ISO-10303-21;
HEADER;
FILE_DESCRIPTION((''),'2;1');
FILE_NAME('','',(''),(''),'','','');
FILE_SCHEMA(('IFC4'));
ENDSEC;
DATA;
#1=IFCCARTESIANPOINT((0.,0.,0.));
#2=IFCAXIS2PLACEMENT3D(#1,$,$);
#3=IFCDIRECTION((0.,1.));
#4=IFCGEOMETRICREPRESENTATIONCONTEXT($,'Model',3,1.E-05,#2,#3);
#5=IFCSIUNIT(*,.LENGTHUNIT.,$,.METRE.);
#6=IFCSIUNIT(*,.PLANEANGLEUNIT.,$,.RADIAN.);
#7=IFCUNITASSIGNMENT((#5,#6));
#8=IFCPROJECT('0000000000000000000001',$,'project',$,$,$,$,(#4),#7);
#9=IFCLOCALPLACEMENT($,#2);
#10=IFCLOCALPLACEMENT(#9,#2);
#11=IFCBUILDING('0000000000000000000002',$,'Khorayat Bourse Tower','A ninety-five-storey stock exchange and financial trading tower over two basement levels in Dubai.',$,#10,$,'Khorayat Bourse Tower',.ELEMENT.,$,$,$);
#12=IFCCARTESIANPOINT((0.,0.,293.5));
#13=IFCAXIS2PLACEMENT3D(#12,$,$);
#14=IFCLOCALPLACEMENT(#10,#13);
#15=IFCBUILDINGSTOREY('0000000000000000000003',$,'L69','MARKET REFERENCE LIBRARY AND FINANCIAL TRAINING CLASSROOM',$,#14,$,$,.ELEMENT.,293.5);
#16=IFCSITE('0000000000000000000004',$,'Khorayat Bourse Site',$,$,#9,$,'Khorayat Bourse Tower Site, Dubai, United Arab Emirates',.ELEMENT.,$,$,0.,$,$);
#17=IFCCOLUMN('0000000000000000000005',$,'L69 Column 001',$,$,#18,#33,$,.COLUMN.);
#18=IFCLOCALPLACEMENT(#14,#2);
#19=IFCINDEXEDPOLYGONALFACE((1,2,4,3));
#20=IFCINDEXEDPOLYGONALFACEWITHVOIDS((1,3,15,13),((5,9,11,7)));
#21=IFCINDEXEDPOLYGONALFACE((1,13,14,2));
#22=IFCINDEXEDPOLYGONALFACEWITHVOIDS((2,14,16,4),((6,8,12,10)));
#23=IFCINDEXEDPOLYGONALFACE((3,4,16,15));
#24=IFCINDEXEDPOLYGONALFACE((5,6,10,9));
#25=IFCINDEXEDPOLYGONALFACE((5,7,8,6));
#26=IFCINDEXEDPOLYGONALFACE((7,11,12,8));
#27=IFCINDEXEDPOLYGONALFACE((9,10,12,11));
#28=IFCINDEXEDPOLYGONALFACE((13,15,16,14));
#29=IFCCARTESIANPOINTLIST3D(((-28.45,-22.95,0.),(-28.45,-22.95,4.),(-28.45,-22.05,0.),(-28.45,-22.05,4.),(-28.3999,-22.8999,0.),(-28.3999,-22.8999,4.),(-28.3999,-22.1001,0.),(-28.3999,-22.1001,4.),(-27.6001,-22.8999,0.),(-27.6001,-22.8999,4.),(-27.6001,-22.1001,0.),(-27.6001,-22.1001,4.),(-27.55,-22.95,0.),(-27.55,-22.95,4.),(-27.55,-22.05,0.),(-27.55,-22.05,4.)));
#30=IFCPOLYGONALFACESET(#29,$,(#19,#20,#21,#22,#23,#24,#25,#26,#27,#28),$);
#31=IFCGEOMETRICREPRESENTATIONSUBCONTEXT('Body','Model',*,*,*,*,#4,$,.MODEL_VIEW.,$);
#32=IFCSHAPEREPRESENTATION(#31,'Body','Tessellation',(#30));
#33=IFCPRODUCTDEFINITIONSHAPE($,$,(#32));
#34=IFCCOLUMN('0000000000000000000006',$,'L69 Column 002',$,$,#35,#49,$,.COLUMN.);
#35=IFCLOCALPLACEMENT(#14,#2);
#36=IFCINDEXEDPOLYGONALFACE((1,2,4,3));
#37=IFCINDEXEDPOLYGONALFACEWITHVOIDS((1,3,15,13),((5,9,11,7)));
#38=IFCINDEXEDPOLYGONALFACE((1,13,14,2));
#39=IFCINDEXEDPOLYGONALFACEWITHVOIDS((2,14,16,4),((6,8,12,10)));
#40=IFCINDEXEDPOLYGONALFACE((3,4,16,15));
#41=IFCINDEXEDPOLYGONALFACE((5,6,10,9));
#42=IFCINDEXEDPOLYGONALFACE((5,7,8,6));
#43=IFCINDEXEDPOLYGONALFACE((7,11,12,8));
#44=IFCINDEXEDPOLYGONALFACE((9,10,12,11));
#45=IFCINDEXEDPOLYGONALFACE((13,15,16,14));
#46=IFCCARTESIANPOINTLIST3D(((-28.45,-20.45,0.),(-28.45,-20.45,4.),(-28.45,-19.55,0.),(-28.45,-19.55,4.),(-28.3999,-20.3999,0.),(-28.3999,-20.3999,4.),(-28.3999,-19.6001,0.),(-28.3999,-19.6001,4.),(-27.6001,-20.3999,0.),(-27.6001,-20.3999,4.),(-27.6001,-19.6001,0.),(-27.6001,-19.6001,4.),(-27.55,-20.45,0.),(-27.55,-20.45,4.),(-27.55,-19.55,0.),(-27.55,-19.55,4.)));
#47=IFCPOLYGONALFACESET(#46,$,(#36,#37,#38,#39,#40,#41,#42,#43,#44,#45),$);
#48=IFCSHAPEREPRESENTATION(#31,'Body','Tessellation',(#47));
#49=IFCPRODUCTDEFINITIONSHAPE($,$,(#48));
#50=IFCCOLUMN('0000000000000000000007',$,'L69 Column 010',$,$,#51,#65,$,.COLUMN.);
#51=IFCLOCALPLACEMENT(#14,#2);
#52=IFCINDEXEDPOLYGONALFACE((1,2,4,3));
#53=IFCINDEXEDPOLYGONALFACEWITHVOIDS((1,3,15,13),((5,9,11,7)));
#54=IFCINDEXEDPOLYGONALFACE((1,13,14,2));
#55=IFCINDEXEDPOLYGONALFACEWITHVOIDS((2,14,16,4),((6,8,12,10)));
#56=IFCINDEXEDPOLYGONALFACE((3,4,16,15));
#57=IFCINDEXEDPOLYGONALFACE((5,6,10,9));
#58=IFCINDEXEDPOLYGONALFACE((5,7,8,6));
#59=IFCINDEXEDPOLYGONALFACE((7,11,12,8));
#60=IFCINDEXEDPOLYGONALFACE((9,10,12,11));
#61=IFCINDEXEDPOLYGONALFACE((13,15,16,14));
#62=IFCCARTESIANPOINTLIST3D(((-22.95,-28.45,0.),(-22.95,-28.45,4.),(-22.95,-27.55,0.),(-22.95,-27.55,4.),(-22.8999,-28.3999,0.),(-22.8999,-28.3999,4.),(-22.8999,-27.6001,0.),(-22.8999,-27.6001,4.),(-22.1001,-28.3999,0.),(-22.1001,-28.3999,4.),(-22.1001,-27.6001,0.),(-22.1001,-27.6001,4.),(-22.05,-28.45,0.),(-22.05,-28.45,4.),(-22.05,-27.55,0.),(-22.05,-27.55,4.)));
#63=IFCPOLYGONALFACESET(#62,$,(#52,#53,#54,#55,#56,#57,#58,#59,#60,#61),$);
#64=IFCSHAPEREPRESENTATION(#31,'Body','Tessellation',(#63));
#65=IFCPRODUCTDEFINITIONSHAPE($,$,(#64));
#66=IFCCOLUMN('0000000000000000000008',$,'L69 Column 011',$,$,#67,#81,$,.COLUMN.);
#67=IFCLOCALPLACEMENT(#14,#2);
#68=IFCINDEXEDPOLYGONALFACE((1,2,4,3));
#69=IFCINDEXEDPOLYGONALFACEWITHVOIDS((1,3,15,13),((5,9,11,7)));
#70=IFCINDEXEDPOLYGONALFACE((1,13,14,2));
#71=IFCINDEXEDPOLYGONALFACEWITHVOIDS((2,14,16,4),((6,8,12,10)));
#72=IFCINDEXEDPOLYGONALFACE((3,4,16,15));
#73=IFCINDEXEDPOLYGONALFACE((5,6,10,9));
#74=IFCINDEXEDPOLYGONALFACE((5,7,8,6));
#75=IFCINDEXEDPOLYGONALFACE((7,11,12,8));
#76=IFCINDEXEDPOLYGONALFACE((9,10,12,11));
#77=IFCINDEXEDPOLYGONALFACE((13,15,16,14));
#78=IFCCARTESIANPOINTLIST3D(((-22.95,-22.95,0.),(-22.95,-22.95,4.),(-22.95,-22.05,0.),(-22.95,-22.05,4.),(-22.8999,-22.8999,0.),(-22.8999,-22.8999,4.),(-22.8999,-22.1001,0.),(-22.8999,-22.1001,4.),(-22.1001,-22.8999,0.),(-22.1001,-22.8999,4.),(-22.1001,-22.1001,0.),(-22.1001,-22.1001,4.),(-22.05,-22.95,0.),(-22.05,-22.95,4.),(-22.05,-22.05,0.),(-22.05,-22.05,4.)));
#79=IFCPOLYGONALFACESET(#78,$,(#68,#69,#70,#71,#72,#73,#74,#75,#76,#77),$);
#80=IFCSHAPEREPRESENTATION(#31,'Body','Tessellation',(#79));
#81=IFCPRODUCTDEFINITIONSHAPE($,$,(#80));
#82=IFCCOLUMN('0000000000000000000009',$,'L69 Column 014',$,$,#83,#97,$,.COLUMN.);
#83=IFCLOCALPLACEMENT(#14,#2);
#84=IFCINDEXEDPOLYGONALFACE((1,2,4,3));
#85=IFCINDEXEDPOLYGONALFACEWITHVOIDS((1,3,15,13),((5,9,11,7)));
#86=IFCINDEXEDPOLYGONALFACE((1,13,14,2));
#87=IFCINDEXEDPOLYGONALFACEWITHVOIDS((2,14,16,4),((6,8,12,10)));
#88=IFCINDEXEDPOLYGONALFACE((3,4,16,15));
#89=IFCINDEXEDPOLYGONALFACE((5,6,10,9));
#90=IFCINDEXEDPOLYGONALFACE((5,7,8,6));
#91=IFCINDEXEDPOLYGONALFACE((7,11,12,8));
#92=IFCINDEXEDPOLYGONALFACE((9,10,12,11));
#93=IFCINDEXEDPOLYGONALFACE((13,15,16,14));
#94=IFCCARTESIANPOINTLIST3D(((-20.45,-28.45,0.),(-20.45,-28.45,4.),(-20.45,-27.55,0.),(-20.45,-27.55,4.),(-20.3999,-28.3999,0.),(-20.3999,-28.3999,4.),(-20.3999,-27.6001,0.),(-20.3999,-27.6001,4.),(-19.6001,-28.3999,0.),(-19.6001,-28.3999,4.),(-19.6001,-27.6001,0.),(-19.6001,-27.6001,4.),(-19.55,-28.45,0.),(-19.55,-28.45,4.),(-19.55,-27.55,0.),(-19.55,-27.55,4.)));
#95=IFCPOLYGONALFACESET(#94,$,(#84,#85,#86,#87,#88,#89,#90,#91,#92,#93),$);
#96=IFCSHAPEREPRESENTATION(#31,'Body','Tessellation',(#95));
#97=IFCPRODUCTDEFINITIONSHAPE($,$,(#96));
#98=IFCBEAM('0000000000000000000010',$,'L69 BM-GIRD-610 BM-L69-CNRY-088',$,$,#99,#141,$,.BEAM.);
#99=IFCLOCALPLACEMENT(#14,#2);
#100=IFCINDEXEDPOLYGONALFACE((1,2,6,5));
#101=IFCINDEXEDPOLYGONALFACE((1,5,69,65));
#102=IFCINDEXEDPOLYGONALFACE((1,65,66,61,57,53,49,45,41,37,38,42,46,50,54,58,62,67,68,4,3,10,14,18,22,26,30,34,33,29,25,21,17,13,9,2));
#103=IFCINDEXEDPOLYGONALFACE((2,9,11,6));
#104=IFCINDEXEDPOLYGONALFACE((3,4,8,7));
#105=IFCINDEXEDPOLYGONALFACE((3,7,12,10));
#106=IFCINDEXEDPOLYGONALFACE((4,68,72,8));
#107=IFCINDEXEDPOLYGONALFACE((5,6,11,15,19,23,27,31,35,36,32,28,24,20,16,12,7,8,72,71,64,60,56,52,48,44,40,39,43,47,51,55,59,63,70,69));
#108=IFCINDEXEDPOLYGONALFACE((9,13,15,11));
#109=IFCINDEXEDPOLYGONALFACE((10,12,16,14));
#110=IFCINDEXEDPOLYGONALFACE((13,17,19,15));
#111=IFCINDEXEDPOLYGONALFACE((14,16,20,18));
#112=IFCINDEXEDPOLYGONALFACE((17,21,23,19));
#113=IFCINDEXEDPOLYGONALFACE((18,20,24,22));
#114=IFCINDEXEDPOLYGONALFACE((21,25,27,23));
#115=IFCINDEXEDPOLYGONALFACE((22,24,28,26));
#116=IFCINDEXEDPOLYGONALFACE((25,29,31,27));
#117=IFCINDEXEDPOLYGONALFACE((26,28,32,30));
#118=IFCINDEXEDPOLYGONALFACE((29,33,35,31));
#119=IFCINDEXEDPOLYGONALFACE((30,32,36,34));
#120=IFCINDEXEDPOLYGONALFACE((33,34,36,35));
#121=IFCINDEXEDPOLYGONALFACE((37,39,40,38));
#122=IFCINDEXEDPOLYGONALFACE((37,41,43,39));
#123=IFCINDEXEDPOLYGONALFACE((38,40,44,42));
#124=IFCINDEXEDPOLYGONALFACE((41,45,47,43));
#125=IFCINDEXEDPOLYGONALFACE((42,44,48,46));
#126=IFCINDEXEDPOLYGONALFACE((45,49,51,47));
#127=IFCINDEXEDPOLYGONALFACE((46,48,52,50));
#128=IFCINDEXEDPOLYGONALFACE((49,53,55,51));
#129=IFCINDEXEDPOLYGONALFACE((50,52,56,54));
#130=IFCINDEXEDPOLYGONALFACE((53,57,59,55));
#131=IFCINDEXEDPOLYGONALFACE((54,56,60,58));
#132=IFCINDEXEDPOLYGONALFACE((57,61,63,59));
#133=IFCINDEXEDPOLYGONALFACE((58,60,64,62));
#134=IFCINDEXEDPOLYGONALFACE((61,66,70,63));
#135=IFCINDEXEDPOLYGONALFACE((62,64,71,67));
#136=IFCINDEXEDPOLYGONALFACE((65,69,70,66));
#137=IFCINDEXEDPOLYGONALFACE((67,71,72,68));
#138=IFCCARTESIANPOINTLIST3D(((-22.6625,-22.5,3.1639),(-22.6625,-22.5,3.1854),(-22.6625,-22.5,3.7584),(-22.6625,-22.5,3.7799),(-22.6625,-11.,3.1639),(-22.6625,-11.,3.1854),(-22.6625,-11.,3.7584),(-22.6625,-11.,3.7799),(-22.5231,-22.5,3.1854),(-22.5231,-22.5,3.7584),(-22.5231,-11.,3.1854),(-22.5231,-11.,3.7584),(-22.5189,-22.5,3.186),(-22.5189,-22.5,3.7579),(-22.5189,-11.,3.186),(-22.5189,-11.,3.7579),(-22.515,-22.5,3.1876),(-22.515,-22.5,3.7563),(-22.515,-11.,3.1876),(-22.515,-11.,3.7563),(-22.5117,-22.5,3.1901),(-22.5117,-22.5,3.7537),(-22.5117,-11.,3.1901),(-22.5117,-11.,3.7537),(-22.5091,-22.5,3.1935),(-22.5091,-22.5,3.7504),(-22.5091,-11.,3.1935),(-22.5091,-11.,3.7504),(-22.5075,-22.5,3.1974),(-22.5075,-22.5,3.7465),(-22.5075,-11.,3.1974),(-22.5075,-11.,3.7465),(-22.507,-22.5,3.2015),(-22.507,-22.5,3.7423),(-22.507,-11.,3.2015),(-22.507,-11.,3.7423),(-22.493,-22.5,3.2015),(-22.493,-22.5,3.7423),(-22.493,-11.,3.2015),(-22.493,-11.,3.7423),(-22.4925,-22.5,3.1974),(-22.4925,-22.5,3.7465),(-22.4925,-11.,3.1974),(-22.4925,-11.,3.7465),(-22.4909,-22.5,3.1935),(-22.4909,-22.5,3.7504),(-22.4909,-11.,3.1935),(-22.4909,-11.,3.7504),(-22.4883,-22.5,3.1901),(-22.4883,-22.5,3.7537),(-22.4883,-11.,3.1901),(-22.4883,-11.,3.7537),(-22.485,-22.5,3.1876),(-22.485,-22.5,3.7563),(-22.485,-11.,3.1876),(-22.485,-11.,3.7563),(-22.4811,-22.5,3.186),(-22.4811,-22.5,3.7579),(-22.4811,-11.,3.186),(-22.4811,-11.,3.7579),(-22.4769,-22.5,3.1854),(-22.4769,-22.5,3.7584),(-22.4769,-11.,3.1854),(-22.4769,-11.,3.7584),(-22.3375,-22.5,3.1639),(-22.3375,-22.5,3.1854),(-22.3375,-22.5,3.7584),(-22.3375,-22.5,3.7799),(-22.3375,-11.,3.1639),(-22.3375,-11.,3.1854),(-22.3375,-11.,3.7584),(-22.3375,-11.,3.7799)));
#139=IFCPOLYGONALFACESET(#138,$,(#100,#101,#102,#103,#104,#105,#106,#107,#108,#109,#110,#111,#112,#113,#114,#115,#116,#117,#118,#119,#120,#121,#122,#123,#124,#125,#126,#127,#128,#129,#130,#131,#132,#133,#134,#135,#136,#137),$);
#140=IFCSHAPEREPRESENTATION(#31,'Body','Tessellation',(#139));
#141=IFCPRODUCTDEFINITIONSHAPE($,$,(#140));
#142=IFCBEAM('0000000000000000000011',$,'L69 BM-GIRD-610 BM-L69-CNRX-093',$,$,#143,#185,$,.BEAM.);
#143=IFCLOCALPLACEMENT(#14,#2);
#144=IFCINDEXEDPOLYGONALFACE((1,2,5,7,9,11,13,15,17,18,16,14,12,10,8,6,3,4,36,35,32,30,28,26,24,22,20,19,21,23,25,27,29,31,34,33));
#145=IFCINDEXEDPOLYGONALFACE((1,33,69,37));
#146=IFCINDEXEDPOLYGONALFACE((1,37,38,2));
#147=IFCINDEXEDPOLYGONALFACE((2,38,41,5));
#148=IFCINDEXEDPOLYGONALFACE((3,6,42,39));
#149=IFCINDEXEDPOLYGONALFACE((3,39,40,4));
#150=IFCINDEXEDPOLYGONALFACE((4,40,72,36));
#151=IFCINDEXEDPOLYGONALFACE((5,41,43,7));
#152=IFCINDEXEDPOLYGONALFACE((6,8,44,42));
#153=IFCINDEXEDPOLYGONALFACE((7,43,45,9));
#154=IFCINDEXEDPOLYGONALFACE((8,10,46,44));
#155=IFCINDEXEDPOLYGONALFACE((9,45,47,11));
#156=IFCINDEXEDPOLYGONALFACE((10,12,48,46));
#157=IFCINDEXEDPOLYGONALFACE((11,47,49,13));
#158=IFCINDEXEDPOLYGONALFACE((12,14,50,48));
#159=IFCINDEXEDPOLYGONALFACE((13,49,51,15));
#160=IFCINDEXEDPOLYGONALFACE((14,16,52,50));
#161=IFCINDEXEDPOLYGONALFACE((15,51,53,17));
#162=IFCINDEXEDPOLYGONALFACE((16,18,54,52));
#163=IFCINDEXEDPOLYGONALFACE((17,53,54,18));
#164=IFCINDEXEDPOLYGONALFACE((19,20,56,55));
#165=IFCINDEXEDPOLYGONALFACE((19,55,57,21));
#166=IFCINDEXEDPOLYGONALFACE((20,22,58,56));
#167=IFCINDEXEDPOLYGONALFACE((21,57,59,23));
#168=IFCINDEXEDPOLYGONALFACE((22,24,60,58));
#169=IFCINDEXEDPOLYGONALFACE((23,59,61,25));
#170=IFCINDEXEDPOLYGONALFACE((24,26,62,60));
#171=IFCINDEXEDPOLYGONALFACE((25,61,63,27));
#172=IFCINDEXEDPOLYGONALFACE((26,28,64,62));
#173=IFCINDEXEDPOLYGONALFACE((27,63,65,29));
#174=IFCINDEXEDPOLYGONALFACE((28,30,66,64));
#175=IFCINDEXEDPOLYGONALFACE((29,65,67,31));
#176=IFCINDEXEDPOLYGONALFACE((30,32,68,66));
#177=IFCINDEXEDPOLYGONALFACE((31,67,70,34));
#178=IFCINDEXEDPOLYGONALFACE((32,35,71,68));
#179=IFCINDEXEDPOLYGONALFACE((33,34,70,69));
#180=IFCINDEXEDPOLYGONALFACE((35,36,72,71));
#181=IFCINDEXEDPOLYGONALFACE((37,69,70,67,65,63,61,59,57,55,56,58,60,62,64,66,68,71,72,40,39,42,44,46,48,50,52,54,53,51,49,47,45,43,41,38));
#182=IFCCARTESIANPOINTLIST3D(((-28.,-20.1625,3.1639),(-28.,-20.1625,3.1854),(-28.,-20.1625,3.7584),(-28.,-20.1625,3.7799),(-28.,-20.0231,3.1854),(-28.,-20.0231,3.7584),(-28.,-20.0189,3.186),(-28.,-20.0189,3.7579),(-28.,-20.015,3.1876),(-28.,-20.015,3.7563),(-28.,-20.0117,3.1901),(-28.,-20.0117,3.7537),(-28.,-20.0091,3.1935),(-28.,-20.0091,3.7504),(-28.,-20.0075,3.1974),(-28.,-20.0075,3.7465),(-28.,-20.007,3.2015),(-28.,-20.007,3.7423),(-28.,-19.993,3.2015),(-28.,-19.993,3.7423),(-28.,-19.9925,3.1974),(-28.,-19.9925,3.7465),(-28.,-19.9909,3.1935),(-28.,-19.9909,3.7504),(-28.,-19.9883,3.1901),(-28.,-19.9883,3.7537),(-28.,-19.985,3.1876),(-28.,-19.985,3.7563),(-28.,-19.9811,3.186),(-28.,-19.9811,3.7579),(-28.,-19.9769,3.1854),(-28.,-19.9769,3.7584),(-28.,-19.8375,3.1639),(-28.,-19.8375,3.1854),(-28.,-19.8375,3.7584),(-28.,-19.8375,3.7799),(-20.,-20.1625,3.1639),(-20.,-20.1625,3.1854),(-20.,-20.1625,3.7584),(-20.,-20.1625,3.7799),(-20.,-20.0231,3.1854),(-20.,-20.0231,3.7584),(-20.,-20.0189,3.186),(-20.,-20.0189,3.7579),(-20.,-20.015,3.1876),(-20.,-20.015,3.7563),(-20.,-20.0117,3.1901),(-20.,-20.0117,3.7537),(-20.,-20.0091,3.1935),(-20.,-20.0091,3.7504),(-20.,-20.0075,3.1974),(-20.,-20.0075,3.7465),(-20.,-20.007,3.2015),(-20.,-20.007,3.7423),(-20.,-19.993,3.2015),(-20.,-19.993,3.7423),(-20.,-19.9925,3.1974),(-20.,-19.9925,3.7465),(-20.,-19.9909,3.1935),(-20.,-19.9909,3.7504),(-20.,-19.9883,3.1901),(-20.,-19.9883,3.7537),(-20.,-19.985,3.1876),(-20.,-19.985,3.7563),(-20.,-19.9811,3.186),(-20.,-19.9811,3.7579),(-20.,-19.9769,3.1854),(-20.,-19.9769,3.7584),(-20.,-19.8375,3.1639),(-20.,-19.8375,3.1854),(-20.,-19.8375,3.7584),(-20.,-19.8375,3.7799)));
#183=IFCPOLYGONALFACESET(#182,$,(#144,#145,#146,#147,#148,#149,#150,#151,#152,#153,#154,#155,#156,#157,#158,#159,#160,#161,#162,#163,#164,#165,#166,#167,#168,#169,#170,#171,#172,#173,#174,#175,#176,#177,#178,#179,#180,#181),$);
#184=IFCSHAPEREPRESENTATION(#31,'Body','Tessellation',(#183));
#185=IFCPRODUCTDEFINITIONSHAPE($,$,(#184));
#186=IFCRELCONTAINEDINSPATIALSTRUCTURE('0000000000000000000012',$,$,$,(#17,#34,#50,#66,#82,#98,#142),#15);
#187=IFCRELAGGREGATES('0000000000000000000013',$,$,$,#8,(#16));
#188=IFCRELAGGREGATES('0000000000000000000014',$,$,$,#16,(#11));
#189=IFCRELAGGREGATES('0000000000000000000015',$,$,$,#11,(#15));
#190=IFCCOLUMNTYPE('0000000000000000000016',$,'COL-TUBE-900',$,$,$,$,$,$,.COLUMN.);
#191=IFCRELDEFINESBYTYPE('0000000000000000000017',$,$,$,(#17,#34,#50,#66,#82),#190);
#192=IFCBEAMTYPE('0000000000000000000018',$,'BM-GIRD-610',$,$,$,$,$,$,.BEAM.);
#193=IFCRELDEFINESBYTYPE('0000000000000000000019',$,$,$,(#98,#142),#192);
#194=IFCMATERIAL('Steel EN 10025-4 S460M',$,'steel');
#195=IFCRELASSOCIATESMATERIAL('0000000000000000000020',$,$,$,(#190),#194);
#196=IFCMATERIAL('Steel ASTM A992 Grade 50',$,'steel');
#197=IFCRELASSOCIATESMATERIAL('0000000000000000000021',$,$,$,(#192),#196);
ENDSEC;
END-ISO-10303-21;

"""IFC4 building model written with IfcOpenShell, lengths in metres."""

from ifc_helpers import new_model, si_unit, direction, frame, origin, origin_2d, place, context, subcontext, project, spatial, hollow_rectangle, i_section, extrude, source, transform, mapped, material, material_profile, profile_set, type_object, element, save


model = new_model("IFC4")

# Units and contexts
model_context = context("Model", 3, precision=1e-05, world=origin(), true_north=direction((0.0, 1.0)))
body_context = subcontext(model_context, "Body", "Model", "MODEL_VIEW")
ifc_project = project(units=[si_unit("LENGTHUNIT", "METRE"), si_unit("PLANEANGLEUNIT", "RADIAN")], contexts=[model_context])

# Site, building, storey
site_placement = place(None, origin())
site = spatial("IfcSite", under=ifc_project, at=site_placement, Name="Khorayat Bourse Site", LongName="Khorayat Bourse Tower Site, Dubai, United Arab Emirates", CompositionType="ELEMENT", RefElevation=0.0)
building_placement = place(site_placement, origin())
building = spatial("IfcBuilding", under=site, at=building_placement, Name="Khorayat Bourse Tower", Description="A ninety-five-storey stock exchange and financial trading tower over two basement levels in Dubai.", LongName="Khorayat Bourse Tower", CompositionType="ELEMENT")
storey_placement = place(building_placement, frame((0.0, 0.0, 293.5)))
storey = spatial("IfcBuildingStorey", under=building, at=storey_placement, Name="L69", Description="MARKET REFERENCE LIBRARY AND FINANCIAL TRAINING CLASSROOM", CompositionType="ELEMENT", Elevation=293.5)

# Columns
ifc_material_1 = material(Name="Steel EN 10025-4 S460M", Category="steel")
ifc_material_profile_1 = material_profile(ifc_material_1, hollow_rectangle(XDim=0.8999, YDim=0.8999, WallThickness=0.05, at=origin_2d()), Name="BOX 900x900x50")
ifc_profile_set_1 = profile_set([ifc_material_profile_1], Name="Steel EN 10025-4 S460M")
column_type = type_object("IfcColumnType", Name="COL-TUBE-900", PredefinedType="COLUMN", material=ifc_profile_set_1)
shared_shape_1 = source(origin(), body_context, "Body", "SweptSolid", [
    extrude(hollow_rectangle(XDim=0.8999, YDim=0.8999, WallThickness=0.05, at=origin_2d()), origin(), (0.0, 0.0, 1.0), 4.0),
])
for number, where, z_axis, x_axis, name in (
    (1, (-28.0, -22.5, 0.0), (0.0, 0.0, 1.0), (1.0, 0.0, 0.0), "L69 Column 001"),
    (2, (-28.0, -20.0, 0.0), (0.0, 0.0, 1.0), (1.0, 0.0, 0.0), "L69 Column 002"),
    (3, (-22.5, -28.0, 0.0), (0.0, 0.0, 1.0), (1.0, 0.0, 0.0), "L69 Column 010"),
    (4, (-22.5, -22.5, 0.0), (0.0, 0.0, 1.0), (1.0, 0.0, 0.0), "L69 Column 011"),
    (5, (-20.0, -28.0, 0.0), (0.0, 0.0, 1.0), (1.0, 0.0, 0.0), "L69 Column 014"),
):
    element("IfcColumn", number, at=place(storey_placement, frame(where, z_axis=z_axis, x_axis=x_axis)), inside=storey, type_object=column_type, Name=name, PredefinedType="COLUMN", context=body_context, shape_type="MappedRepresentation", body=[
        mapped(shared_shape_1, transform((0.0, 0.0, 0.0), scale=1.0)),
    ])

# Beams
ifc_material_2 = material(Name="Steel ASTM A992 Grade 50", Category="steel")
ifc_material_profile_2 = material_profile(ifc_material_2, i_section(OverallWidth=0.325, OverallDepth=0.616, WebThickness=0.0139, FlangeThickness=0.0215, FilletRadius=0.0161, at=origin_2d()), Name="W610X174")
ifc_profile_set_2 = profile_set([ifc_material_profile_2], Name="Steel ASTM A992 Grade 50")
beam_type_1 = type_object("IfcBeamType", Name="BM-GIRD-610", PredefinedType="BEAM", material=ifc_profile_set_2)
shared_shape_2 = source(origin(), body_context, "Body", "SweptSolid", [
    extrude(i_section(OverallWidth=0.325, OverallDepth=0.616, WebThickness=0.0139, FlangeThickness=0.0215, FilletRadius=0.0161, at=origin_2d()), origin(), (0.0, 0.0, 1.0), 11.5),
])
beam_1_placement = place(storey_placement, frame((-22.5, -22.5, 3.4719), z_axis=(0.0, 1.0, 0.0), x_axis=(-1.0, 0.0, 0.0)))
element("IfcBeam", 6, at=beam_1_placement, inside=storey, type_object=beam_type_1, Name="L69 BM-GIRD-610 BM-L69-CNRY-088", PredefinedType="BEAM", context=body_context, shape_type="MappedRepresentation", body=[
    mapped(shared_shape_2, transform((0.0, 0.0, 0.0), scale=1.0)),
])
shared_shape_3 = source(origin(), body_context, "Body", "SweptSolid", [
    extrude(i_section(OverallWidth=0.325, OverallDepth=0.616, WebThickness=0.0139, FlangeThickness=0.0215, FilletRadius=0.0161, at=origin_2d()), origin(), (0.0, 0.0, 1.0), 8.0),
])
beam_2_placement = place(storey_placement, frame((-28.0, -20.0, 3.4719), z_axis=(1.0, 0.0, 0.0), x_axis=(0.0, 1.0, 0.0)))
element("IfcBeam", 7, at=beam_2_placement, inside=storey, type_object=beam_type_1, Name="L69 BM-GIRD-610 BM-L69-CNRX-093", PredefinedType="BEAM", context=body_context, shape_type="MappedRepresentation", body=[
    mapped(shared_shape_3, transform((0.0, 0.0, 0.0), scale=1.0)),
])

save(model, "model.ifc")
